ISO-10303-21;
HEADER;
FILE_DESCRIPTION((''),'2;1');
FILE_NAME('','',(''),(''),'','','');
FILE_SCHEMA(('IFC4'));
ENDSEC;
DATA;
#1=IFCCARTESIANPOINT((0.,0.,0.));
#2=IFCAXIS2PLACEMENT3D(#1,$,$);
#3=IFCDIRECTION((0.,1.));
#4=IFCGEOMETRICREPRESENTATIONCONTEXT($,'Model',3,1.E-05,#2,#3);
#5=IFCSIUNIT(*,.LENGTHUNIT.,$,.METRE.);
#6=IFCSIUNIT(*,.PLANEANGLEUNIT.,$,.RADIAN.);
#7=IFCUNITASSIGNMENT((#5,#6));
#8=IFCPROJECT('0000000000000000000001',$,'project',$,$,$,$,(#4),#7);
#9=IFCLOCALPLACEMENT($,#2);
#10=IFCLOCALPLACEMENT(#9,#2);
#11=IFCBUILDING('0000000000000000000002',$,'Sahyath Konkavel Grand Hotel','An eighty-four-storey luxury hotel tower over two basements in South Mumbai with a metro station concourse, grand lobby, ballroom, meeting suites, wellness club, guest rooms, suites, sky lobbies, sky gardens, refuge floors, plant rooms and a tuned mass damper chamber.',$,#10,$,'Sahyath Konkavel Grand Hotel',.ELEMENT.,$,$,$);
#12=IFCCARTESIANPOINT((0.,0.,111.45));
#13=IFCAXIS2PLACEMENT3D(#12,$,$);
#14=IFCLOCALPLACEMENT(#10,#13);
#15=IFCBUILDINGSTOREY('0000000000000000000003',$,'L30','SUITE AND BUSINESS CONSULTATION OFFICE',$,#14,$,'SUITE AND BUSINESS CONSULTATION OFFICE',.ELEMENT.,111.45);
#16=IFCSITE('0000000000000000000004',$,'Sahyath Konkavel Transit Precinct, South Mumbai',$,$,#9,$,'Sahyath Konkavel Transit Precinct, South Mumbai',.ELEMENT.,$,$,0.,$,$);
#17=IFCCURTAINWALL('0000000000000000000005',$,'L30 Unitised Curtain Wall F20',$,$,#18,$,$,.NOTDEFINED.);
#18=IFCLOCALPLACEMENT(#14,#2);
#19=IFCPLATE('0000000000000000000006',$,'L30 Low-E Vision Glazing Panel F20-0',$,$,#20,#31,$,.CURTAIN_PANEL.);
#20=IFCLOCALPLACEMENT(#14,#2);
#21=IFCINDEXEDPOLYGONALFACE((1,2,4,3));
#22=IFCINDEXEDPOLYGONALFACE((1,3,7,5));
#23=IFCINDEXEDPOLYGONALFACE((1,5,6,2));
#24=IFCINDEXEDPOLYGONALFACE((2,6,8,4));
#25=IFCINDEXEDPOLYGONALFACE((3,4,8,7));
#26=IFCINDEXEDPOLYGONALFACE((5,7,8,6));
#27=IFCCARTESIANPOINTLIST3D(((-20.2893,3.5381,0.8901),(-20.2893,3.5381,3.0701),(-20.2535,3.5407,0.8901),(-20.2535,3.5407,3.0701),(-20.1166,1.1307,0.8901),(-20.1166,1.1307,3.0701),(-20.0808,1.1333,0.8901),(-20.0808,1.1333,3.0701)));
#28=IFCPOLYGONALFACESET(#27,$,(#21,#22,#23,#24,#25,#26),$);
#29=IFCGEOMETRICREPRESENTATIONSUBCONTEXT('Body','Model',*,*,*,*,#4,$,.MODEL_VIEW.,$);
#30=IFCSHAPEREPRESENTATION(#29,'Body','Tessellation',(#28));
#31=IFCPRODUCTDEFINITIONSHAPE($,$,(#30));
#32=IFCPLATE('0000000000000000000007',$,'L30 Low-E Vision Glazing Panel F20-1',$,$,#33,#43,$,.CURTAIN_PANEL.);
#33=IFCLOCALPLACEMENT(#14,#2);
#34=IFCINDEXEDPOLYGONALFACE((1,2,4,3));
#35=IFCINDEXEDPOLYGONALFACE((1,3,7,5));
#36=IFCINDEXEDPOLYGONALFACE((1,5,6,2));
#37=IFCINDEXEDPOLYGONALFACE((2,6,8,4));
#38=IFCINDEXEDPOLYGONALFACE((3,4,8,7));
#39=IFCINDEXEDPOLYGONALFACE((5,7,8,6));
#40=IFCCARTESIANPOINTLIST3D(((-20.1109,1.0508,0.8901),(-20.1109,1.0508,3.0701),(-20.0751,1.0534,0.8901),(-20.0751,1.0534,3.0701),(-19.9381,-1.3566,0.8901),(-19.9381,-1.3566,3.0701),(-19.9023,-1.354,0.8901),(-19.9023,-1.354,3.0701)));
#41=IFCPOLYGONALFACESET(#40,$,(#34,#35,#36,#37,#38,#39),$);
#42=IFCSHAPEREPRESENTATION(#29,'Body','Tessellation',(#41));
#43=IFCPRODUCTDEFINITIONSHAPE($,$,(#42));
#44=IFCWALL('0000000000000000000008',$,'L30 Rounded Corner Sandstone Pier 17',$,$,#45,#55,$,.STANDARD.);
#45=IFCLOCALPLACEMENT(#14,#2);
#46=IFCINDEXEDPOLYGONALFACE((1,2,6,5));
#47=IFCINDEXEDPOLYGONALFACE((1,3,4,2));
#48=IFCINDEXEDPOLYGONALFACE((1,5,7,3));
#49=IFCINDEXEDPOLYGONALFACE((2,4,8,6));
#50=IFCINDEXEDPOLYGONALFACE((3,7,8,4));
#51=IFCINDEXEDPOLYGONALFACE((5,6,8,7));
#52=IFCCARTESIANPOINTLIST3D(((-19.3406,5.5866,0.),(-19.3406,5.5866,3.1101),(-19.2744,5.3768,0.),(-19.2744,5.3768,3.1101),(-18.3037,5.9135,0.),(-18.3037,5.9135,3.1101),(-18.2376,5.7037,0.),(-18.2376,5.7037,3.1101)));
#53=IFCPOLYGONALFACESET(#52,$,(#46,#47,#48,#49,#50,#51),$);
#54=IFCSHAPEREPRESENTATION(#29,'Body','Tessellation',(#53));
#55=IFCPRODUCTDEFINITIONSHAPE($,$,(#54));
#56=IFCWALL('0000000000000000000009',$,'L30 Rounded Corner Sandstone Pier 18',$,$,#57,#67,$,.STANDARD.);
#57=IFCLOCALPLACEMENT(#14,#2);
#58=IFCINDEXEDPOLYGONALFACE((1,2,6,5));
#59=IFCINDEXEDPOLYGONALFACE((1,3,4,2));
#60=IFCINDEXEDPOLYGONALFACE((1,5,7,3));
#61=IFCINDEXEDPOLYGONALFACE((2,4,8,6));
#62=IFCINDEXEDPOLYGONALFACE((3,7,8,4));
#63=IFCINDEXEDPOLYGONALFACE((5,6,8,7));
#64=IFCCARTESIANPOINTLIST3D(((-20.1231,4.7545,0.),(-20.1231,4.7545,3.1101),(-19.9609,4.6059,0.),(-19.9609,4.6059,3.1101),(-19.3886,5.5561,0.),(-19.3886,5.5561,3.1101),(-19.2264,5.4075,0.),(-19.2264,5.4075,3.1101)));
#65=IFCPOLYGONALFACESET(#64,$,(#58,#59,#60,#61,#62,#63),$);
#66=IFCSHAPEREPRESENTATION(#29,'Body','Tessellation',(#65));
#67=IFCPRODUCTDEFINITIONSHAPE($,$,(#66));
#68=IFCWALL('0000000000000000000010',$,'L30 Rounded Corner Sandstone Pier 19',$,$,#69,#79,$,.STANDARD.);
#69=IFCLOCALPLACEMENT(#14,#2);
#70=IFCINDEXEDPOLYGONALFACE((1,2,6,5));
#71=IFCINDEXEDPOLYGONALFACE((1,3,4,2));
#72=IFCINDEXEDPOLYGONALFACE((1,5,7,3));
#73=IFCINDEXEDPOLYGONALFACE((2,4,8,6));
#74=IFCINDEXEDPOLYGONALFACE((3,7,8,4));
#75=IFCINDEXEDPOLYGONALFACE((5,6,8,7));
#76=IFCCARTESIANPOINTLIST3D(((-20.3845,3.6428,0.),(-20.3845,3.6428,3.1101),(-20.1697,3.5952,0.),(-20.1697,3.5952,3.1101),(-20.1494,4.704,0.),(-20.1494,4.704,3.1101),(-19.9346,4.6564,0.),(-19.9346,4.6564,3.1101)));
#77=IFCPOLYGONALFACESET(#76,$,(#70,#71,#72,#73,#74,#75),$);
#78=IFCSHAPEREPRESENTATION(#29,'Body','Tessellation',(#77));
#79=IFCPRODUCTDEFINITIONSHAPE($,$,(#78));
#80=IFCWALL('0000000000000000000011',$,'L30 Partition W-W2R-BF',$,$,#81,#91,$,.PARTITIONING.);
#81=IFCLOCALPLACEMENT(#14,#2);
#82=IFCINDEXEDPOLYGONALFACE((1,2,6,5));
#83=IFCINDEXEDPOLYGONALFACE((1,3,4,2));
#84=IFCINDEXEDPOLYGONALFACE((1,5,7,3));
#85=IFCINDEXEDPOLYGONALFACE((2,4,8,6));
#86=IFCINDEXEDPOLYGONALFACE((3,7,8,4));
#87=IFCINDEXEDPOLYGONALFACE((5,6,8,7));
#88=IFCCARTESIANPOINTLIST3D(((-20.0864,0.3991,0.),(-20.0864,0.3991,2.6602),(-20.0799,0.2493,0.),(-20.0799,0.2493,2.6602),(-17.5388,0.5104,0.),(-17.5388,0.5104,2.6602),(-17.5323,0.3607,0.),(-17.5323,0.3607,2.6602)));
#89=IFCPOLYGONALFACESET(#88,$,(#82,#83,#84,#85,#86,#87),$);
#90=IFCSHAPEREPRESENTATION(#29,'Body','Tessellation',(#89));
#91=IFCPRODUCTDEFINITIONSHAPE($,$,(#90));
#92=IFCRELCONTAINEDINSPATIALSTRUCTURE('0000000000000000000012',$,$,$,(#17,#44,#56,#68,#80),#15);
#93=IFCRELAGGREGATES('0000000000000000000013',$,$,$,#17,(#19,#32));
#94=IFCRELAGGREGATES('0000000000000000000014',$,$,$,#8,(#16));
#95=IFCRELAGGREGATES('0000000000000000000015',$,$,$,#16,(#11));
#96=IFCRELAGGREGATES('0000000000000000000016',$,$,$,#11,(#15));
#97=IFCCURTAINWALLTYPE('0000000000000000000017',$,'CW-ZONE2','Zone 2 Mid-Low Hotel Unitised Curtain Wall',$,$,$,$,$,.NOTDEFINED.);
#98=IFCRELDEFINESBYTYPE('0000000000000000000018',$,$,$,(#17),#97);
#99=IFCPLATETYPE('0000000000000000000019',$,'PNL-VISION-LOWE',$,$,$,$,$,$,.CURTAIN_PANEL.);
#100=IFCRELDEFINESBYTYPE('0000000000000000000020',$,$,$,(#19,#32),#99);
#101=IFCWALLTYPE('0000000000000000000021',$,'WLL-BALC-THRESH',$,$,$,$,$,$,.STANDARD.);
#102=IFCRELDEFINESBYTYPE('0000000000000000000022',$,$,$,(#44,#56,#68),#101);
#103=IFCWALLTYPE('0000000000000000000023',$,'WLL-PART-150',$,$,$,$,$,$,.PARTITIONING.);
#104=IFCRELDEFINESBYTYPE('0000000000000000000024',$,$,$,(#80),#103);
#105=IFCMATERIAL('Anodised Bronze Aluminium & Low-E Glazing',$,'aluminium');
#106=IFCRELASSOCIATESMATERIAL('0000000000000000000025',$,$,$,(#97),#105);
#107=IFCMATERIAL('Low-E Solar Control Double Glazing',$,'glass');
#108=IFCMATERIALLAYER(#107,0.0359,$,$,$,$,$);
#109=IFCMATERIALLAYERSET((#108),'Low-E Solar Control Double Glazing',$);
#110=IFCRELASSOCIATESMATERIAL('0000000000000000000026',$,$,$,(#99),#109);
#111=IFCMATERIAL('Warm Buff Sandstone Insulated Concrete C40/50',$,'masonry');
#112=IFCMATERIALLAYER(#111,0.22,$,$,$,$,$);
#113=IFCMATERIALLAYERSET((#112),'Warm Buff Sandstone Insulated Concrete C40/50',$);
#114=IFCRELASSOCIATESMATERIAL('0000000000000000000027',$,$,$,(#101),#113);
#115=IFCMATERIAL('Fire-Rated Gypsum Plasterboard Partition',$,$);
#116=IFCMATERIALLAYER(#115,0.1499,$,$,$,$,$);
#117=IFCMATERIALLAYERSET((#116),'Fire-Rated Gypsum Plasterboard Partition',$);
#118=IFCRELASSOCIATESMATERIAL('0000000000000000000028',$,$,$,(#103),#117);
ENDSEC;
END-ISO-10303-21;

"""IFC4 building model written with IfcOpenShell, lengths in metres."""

from ifc_helpers import new_model, si_unit, direction, frame, frame_2d, origin, origin_2d, place, context, subcontext, project, spatial, rectangle, extrude, source, transform, mapped, material, layer, layer_set, type_object, element, aggregate, save


model = new_model("IFC4")

# Units and contexts
model_context = context("Model", 3, precision=1e-05, world=origin(), true_north=direction((0.0, 1.0)))
body_context = subcontext(model_context, "Body", "Model", "MODEL_VIEW")
ifc_project = project(units=[si_unit("LENGTHUNIT", "METRE"), si_unit("PLANEANGLEUNIT", "RADIAN")], contexts=[model_context])

# Site, building, storey
site_placement = place(None, origin())
site = spatial("IfcSite", under=ifc_project, at=site_placement, Name="Sahyath Konkavel Transit Precinct, South Mumbai", LongName="Sahyath Konkavel Transit Precinct, South Mumbai", CompositionType="ELEMENT", RefElevation=0.0)
building_placement = place(site_placement, origin())
building = spatial("IfcBuilding", under=site, at=building_placement, Name="Sahyath Konkavel Grand Hotel", Description="An eighty-four-storey luxury hotel tower over two basements in South Mumbai with a metro station concourse, grand lobby, ballroom, meeting suites, wellness club, guest rooms, suites, sky lobbies, sky gardens, refuge floors, plant rooms and a tuned mass damper chamber.", LongName="Sahyath Konkavel Grand Hotel", CompositionType="ELEMENT")
storey_placement = place(building_placement, frame((0.0, 0.0, 111.45)))
storey = spatial("IfcBuildingStorey", under=building, at=storey_placement, Name="L30", Description="SUITE AND BUSINESS CONSULTATION OFFICE", LongName="SUITE AND BUSINESS CONSULTATION OFFICE", CompositionType="ELEMENT", Elevation=111.45)

# Curtain wall
ifc_material_1 = material(Name="Anodised Bronze Aluminium & Low-E Glazing", Category="aluminium")
curtain_wall_type = type_object("IfcCurtainWallType", Name="CW-ZONE2", Description="Zone 2 Mid-Low Hotel Unitised Curtain Wall", PredefinedType="NOTDEFINED", material=ifc_material_1)
curtain_wall_1_placement = place(storey_placement, origin())
curtain_wall_1 = element("IfcCurtainWall", 1, at=curtain_wall_1_placement, inside=storey, type_object=curtain_wall_type, Name="L30 Unitised Curtain Wall F20", PredefinedType="NOTDEFINED")

# Plates
ifc_material_2 = material(Name="Low-E Solar Control Double Glazing", Category="glass")
ifc_layer_1 = layer(ifc_material_2, 0.0359)
ifc_layer_set_1 = layer_set([ifc_layer_1], Name="Low-E Solar Control Double Glazing")
plate_type_1 = type_object("IfcPlateType", Name="PNL-VISION-LOWE", PredefinedType="CURTAIN_PANEL", material=ifc_layer_set_1)
shared_shape_1 = source(origin(), body_context, "Body", "SweptSolid", [
    extrude(rectangle(XDim=2.4136, YDim=0.0359, at=origin_2d()), origin(), (0.0, 0.0, 1.0), 2.1799),
])
plate_1_placement = place(storey_placement, frame((-20.1851, 2.3357, 0.8901), z_axis=(0.0, 0.0, 1.0), x_axis=(0.071567, -0.997436, 0.0)))
plate_1 = element("IfcPlate", 2, at=plate_1_placement, type_object=plate_type_1, Name="L30 Low-E Vision Glazing Panel F20-0", PredefinedType="CURTAIN_PANEL", context=body_context, shape_type="MappedRepresentation", body=[
    mapped(shared_shape_1, transform((0.0, 0.0, 0.0), scale=1.0)),
])
plate_2_placement = place(storey_placement, frame((-20.0066, -0.1516, 0.8901), z_axis=(0.0, 0.0, 1.0), x_axis=(0.071567, -0.997436, 0.0)))
plate_2 = element("IfcPlate", 3, at=plate_2_placement, type_object=plate_type_1, Name="L30 Low-E Vision Glazing Panel F20-1", PredefinedType="CURTAIN_PANEL", context=body_context, shape_type="MappedRepresentation", body=[
    mapped(shared_shape_1, transform((0.0, 0.0, 0.0), scale=1.0)),
])
aggregate(curtain_wall_1, [plate_1, plate_2])

# Walls
ifc_material_3 = material(Name="Warm Buff Sandstone Insulated Concrete C40/50", Category="masonry")
ifc_layer_2 = layer(ifc_material_3, 0.22)
ifc_layer_set_2 = layer_set([ifc_layer_2], Name="Warm Buff Sandstone Insulated Concrete C40/50")
wall_type_1 = type_object("IfcWallType", Name="WLL-BALC-THRESH", PredefinedType="STANDARD", material=ifc_layer_set_2)
for number, where, z_axis, x_axis, name in (
    (4, (-18.2708, 5.8086, 0.0), (0.0, 0.0, 1.0), (-0.953722, -0.300691, 0.0), "L30 Rounded Corner Sandstone Pier 17"),
    (5, (-19.3076, 5.4817, 0.0), (0.0, 0.0, 1.0), (-0.675552, -0.737313, 0.0), "L30 Rounded Corner Sandstone Pier 18"),
):
    element("IfcWall", number, at=place(storey_placement, frame(where, z_axis=z_axis, x_axis=x_axis)), inside=storey, type_object=wall_type_1, Name=name, PredefinedType="STANDARD", context=body_context, shape_type="SweptSolid", body=[
        extrude(rectangle(XDim=1.0872, YDim=0.22, at=frame_2d((0.5435, 0.0))), origin(), (0.0, 0.0, 1.0), 3.1101),
    ])
wall_1_placement = place(storey_placement, frame((-20.042, 4.6802, 0.0), z_axis=(0.0, 0.0, 1.0), x_axis=(-0.216288, -0.97633, 0.0)))
element("IfcWall", 6, at=wall_1_placement, inside=storey, type_object=wall_type_1, Name="L30 Rounded Corner Sandstone Pier 19", PredefinedType="STANDARD", context=body_context, shape_type="SweptSolid", body=[
    extrude(rectangle(XDim=1.0869, YDim=0.22, at=frame_2d((0.5435, 0.0))), origin(), (0.0, 0.0, 1.0), 3.1101),
])
ifc_material_4 = material(Name="Fire-Rated Gypsum Plasterboard Partition")
ifc_layer_3 = layer(ifc_material_4, 0.1499)
ifc_layer_set_3 = layer_set([ifc_layer_3], Name="Fire-Rated Gypsum Plasterboard Partition")
wall_type_2 = type_object("IfcWallType", Name="WLL-PART-150", PredefinedType="PARTITIONING", material=ifc_layer_set_3)
wall_2_placement = place(storey_placement, frame((-17.5356, 0.4355, 0.0), z_axis=(0.0, 0.0, 1.0), x_axis=(-0.999047, -0.043657, 0.0)))
element("IfcWall", 7, at=wall_2_placement, inside=storey, type_object=wall_type_2, Name="L30 Partition W-W2R-BF", PredefinedType="PARTITIONING", context=body_context, shape_type="SweptSolid", body=[
    extrude(rectangle(XDim=2.55, YDim=0.1499, at=frame_2d((1.2749, 0.0))), origin(), (0.0, 0.0, 1.0), 2.6602),
])

save(model, "model.ifc")
